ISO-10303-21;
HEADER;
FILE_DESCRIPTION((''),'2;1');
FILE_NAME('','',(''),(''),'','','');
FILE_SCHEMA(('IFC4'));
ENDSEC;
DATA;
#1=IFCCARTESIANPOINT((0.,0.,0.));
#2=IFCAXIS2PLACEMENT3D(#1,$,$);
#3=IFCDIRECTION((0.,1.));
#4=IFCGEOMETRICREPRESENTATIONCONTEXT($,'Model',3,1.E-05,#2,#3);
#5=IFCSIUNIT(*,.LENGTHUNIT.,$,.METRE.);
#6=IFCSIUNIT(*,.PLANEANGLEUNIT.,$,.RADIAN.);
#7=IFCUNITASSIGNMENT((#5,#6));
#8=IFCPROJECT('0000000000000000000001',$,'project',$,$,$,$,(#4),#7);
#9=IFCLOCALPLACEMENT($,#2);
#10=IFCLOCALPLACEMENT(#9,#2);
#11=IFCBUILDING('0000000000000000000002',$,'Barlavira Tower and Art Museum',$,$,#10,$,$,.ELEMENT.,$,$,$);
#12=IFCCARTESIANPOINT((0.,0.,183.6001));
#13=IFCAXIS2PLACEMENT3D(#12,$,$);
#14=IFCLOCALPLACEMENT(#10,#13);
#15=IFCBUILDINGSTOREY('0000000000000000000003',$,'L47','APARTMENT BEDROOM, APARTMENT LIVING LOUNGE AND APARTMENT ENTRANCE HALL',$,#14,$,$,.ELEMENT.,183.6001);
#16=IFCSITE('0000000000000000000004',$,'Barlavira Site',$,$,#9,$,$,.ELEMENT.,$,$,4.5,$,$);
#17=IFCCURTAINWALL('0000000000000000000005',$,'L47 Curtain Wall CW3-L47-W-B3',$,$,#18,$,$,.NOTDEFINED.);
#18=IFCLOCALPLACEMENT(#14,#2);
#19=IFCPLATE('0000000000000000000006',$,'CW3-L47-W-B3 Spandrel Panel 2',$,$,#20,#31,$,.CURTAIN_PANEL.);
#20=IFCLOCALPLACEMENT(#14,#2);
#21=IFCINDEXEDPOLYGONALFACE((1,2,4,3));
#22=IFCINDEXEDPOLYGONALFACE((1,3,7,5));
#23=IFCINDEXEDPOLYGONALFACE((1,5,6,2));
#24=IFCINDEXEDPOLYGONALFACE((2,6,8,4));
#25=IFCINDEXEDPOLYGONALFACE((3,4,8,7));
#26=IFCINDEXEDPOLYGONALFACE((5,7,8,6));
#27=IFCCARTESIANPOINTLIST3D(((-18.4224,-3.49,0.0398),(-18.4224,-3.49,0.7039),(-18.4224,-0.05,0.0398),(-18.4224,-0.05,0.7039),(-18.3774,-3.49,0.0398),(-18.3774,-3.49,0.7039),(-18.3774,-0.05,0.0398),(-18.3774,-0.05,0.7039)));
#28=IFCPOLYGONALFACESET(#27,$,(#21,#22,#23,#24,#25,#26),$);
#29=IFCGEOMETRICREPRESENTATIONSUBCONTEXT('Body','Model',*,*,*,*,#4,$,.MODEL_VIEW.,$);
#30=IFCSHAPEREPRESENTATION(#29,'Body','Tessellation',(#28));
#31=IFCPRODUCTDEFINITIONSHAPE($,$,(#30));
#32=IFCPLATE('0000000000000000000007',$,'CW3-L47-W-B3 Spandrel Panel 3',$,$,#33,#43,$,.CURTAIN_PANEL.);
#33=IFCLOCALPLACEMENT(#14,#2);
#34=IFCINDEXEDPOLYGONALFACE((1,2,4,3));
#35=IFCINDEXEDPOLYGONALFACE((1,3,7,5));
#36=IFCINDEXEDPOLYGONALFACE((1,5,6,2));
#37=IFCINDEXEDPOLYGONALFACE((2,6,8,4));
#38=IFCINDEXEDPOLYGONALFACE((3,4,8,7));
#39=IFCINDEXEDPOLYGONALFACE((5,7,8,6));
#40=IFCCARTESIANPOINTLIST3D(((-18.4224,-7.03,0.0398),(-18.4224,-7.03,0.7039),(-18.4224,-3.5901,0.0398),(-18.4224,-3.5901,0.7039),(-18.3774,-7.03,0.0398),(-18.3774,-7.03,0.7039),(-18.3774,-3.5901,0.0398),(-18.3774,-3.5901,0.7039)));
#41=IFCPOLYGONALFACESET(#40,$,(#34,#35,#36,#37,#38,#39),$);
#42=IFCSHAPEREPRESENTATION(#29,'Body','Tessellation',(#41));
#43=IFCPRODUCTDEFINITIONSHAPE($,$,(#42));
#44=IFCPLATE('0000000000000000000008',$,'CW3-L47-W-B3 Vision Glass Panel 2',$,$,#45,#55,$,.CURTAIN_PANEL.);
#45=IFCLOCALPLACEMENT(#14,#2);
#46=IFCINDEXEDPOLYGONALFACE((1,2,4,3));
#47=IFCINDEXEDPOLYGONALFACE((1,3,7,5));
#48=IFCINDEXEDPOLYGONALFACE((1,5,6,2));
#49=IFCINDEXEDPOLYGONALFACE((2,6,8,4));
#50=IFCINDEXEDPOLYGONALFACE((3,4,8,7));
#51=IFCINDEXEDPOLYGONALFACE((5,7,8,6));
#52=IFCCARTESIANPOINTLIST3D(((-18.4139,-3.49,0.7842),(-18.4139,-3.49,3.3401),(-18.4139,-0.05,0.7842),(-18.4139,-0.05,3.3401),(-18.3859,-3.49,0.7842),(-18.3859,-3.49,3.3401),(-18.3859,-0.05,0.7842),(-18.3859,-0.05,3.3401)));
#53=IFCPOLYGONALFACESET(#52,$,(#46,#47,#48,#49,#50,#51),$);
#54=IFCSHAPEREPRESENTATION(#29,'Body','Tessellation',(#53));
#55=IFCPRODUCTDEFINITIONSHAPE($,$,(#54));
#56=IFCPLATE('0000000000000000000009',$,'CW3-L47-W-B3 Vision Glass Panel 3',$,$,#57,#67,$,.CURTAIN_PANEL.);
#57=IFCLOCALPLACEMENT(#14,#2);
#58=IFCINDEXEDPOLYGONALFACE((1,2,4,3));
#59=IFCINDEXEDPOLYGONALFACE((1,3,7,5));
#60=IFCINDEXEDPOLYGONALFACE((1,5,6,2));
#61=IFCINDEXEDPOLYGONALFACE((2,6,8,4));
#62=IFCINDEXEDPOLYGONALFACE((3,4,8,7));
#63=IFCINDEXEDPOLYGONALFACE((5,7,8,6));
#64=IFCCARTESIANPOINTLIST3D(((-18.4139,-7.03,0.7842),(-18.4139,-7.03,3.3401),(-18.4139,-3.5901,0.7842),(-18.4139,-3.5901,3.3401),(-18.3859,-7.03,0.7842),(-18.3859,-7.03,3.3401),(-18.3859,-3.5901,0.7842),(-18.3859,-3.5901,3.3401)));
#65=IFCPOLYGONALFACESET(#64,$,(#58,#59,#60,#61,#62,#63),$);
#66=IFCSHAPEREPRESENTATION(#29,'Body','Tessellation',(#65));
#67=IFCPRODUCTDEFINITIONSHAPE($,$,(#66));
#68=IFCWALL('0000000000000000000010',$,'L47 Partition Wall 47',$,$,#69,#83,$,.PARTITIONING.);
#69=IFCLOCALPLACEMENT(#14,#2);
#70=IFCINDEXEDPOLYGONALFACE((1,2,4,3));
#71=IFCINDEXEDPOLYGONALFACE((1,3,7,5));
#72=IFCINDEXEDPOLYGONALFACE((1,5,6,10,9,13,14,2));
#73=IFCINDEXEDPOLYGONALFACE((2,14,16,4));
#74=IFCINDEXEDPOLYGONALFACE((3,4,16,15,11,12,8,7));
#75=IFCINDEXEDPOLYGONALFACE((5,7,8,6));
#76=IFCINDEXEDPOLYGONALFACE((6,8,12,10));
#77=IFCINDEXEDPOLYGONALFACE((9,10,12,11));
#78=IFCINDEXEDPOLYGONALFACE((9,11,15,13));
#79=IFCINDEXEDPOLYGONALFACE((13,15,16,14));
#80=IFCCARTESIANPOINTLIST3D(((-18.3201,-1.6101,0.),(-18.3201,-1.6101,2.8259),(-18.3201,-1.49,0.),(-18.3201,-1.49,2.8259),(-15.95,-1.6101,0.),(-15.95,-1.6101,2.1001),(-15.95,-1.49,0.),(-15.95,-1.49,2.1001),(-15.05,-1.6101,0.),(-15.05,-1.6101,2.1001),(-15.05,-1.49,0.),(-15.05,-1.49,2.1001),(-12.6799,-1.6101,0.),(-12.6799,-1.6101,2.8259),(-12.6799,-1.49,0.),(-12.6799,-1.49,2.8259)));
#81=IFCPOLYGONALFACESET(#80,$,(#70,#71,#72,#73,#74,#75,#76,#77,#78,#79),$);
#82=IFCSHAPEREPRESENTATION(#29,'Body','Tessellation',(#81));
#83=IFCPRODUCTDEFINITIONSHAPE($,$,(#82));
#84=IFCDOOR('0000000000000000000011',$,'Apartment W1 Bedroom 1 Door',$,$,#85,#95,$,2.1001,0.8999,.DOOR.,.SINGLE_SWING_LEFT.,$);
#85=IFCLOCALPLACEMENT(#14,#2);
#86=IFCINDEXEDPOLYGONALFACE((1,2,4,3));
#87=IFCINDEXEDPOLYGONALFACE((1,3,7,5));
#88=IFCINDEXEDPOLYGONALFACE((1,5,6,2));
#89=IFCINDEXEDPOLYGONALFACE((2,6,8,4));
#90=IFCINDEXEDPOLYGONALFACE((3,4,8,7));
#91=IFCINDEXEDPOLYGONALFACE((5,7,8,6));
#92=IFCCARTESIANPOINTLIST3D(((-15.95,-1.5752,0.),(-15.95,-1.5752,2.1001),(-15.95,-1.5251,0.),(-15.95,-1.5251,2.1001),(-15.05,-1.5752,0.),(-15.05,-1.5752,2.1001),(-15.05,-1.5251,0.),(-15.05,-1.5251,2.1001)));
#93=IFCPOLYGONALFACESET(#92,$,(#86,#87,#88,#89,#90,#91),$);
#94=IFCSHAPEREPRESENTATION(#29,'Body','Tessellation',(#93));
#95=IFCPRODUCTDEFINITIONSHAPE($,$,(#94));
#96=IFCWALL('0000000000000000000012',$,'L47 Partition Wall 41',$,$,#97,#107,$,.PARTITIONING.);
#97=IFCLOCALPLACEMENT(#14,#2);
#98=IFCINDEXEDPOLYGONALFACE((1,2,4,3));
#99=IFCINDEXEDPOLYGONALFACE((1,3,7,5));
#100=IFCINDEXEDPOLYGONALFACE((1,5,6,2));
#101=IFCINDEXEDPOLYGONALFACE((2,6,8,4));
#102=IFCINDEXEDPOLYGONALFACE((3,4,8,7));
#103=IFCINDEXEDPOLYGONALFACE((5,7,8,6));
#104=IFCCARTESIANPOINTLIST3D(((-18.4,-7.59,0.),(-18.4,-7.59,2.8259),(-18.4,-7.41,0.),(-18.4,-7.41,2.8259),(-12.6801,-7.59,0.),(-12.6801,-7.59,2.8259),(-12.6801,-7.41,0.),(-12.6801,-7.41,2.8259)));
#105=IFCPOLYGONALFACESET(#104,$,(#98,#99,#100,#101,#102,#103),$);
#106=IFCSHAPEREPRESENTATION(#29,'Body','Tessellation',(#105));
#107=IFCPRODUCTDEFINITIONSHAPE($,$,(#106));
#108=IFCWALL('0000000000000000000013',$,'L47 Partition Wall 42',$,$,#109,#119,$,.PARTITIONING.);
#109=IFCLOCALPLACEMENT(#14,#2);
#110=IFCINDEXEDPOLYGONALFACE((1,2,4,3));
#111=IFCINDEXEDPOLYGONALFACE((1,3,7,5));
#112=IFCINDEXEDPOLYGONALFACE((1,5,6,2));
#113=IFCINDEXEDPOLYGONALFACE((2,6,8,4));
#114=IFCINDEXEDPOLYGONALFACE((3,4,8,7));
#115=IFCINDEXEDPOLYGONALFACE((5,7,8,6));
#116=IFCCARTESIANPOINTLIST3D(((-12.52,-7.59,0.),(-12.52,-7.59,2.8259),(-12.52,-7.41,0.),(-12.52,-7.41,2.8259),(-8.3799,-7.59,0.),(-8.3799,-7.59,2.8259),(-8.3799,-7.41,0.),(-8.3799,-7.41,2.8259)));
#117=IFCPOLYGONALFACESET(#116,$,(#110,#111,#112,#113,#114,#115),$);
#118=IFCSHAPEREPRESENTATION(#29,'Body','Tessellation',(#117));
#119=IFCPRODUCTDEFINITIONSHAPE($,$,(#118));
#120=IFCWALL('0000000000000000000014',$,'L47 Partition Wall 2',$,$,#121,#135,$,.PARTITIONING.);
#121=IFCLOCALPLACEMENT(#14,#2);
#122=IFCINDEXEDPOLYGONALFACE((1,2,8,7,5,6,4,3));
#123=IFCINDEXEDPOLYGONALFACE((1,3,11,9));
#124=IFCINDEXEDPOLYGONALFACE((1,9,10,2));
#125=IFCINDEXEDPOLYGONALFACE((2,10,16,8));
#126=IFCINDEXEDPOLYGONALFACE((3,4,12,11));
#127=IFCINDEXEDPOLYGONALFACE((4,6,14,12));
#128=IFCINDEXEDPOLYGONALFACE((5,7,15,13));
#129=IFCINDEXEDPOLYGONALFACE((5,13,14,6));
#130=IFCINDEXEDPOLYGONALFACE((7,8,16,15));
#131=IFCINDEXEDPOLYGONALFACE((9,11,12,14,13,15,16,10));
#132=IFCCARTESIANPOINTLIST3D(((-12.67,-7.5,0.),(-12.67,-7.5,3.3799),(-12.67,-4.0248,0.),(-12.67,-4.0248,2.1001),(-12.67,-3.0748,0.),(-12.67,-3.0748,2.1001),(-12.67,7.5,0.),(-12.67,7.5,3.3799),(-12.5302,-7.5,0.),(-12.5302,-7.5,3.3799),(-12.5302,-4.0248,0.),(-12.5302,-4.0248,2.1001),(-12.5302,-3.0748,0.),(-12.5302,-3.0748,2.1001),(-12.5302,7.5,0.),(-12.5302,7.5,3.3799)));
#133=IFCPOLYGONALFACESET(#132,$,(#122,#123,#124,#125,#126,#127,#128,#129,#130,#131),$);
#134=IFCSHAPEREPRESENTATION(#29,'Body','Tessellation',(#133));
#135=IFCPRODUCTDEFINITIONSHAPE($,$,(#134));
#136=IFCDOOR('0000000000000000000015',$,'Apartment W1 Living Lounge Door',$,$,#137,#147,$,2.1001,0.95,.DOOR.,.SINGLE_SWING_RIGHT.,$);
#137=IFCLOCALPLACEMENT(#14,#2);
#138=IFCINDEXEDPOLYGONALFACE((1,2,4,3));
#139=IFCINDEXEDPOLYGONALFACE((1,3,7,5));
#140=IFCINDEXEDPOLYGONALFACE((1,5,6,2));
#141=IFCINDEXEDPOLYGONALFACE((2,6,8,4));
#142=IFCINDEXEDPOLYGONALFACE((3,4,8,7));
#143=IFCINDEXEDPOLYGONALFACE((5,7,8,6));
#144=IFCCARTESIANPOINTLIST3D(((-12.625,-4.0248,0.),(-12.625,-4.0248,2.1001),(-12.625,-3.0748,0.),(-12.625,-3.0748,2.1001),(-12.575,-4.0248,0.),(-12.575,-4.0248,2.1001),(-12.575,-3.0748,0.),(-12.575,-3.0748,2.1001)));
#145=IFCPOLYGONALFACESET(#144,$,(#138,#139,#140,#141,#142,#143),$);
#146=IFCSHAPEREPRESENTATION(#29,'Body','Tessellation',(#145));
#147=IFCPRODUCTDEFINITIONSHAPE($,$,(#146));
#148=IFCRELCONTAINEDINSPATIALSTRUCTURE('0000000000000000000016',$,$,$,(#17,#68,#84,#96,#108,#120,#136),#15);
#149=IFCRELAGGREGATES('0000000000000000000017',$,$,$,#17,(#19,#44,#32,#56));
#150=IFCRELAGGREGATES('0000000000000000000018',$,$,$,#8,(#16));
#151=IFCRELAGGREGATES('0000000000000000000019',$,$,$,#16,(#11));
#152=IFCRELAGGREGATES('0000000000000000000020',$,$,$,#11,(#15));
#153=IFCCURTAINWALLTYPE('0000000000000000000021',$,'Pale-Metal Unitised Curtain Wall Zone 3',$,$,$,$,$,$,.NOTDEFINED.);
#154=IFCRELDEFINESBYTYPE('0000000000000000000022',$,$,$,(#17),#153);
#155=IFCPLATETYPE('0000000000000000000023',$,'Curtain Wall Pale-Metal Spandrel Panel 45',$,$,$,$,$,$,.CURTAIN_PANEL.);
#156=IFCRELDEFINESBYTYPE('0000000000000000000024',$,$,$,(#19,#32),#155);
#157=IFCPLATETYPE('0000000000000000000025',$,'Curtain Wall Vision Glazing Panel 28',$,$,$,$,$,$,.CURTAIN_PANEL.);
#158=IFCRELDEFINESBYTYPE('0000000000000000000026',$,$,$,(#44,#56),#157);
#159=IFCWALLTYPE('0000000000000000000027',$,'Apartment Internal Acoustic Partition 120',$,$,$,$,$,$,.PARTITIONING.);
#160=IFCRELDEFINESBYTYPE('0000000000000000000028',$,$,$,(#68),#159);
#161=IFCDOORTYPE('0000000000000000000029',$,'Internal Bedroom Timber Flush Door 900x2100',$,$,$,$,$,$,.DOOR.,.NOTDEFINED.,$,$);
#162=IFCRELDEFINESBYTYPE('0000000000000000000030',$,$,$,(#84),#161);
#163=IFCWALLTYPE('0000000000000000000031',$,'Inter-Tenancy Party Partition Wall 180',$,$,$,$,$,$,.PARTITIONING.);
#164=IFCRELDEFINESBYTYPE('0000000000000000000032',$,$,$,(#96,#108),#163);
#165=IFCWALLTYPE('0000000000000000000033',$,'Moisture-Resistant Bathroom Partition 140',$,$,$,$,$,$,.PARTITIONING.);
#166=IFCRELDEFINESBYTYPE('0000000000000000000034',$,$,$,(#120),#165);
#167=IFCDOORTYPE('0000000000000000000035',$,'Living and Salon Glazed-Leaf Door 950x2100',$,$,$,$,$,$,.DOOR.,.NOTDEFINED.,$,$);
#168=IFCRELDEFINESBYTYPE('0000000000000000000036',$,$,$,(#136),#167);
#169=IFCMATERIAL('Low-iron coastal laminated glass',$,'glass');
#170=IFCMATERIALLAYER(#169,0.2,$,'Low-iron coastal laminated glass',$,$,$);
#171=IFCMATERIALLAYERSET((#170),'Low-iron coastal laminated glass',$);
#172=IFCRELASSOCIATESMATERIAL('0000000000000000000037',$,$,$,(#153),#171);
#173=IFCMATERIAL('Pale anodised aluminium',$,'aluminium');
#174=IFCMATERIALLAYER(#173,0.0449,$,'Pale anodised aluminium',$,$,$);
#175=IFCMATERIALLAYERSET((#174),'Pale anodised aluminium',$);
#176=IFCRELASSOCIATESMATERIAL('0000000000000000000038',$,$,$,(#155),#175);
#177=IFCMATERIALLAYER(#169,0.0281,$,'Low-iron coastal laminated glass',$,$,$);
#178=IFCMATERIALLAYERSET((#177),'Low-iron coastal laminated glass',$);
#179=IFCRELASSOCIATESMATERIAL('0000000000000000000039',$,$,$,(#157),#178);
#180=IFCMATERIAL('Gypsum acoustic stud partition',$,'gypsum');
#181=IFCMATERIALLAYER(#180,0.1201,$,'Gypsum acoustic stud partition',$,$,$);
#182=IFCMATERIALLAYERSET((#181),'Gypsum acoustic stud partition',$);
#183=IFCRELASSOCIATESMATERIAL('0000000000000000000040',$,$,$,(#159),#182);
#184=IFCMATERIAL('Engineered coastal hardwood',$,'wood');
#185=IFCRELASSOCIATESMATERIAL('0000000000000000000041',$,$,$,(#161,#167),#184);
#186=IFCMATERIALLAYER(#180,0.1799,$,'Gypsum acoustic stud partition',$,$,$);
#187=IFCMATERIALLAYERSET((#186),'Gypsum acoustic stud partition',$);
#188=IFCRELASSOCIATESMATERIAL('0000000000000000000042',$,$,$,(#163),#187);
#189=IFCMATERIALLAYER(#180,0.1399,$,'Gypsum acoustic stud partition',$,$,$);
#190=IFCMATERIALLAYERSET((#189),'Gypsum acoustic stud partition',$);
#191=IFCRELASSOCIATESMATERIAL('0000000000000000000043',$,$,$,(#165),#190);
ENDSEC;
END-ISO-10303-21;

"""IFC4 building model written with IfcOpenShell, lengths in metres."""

from ifc_helpers import new_model, si_unit, direction, frame, frame_2d, origin, origin_2d, place, context, subcontext, project, spatial, rectangle, extrude, material, layer, layer_set, type_object, element, fill, aggregate, save


model = new_model("IFC4")

# Units and contexts
model_context = context("Model", 3, precision=1e-05, world=origin(), true_north=direction((0.0, 1.0)))
body_context = subcontext(model_context, "Body", "Model", "MODEL_VIEW")
ifc_project = project(units=[si_unit("LENGTHUNIT", "METRE"), si_unit("PLANEANGLEUNIT", "RADIAN")], contexts=[model_context])

# Site, building, storey
site_placement = place(None, origin())
site = spatial("IfcSite", under=ifc_project, at=site_placement, Name="Barlavira Site", CompositionType="ELEMENT", RefElevation=4.5)
building_placement = place(site_placement, origin())
building = spatial("IfcBuilding", under=site, at=building_placement, Name="Barlavira Tower and Art Museum", CompositionType="ELEMENT")
storey_placement = place(building_placement, frame((0.0, 0.0, 183.6001)))
storey = spatial("IfcBuildingStorey", under=building, at=storey_placement, Name="L47", Description="APARTMENT BEDROOM, APARTMENT LIVING LOUNGE AND APARTMENT ENTRANCE HALL", CompositionType="ELEMENT", Elevation=183.6001)

# Curtain wall
ifc_material_1 = material(Name="Low-iron coastal laminated glass", Category="glass")
ifc_layer_1 = layer(ifc_material_1, 0.2, Name="Low-iron coastal laminated glass")
ifc_layer_set_1 = layer_set([ifc_layer_1], Name="Low-iron coastal laminated glass")
curtain_wall_type = type_object("IfcCurtainWallType", Name="Pale-Metal Unitised Curtain Wall Zone 3", PredefinedType="NOTDEFINED", material=ifc_layer_set_1)
curtain_wall_placement = place(storey_placement, origin())
curtain_wall = element("IfcCurtainWall", 1, at=curtain_wall_placement, inside=storey, type_object=curtain_wall_type, Name="L47 Curtain Wall CW3-L47-W-B3", PredefinedType="NOTDEFINED")
ifc_material_2 = material(Name="Pale anodised aluminium", Category="aluminium")

# Plates
ifc_layer_2 = layer(ifc_material_2, 0.0449, Name="Pale anodised aluminium")
ifc_layer_set_2 = layer_set([ifc_layer_2], Name="Pale anodised aluminium")
plate_type_1 = type_object("IfcPlateType", Name="Curtain Wall Pale-Metal Spandrel Panel 45", PredefinedType="CURTAIN_PANEL", material=ifc_layer_set_2)
plate_1_placement = place(storey_placement, frame((-18.3999, -1.77, 0.0398), z_axis=(0.0, 0.0, 1.0), x_axis=(0.0, -1.0, 0.0)))
plate_1 = element("IfcPlate", 2, at=plate_1_placement, type_object=plate_type_1, Name="CW3-L47-W-B3 Spandrel Panel 2", PredefinedType="CURTAIN_PANEL", context=body_context, shape_type="SweptSolid", body=[
    extrude(rectangle(XDim=3.4399, YDim=0.0449, at=origin_2d()), origin(), (0.0, 0.0, 1.0), 0.6641),
])
plate_2_placement = place(storey_placement, frame((-18.3999, -5.3101, 0.0398), z_axis=(0.0, 0.0, 1.0), x_axis=(0.0, -1.0, 0.0)))
plate_2 = element("IfcPlate", 3, at=plate_2_placement, type_object=plate_type_1, Name="CW3-L47-W-B3 Spandrel Panel 3", PredefinedType="CURTAIN_PANEL", context=body_context, shape_type="SweptSolid", body=[
    extrude(rectangle(XDim=3.4399, YDim=0.0449, at=origin_2d()), origin(), (0.0, 0.0, 1.0), 0.6641),
])
ifc_layer_3 = layer(ifc_material_1, 0.0281, Name="Low-iron coastal laminated glass")
ifc_layer_set_3 = layer_set([ifc_layer_3], Name="Low-iron coastal laminated glass")
plate_type_2 = type_object("IfcPlateType", Name="Curtain Wall Vision Glazing Panel 28", PredefinedType="CURTAIN_PANEL", material=ifc_layer_set_3)
plate_3_placement = place(storey_placement, frame((-18.3999, -1.77, 0.7842), z_axis=(0.0, 0.0, 1.0), x_axis=(0.0, -1.0, 0.0)))
plate_3 = element("IfcPlate", 4, at=plate_3_placement, type_object=plate_type_2, Name="CW3-L47-W-B3 Vision Glass Panel 2", PredefinedType="CURTAIN_PANEL", context=body_context, shape_type="SweptSolid", body=[
    extrude(rectangle(XDim=3.4399, YDim=0.0281, at=origin_2d()), origin(), (0.0, 0.0, 1.0), 2.5559),
])
plate_4_placement = place(storey_placement, frame((-18.3999, -5.3101, 0.7842), z_axis=(0.0, 0.0, 1.0), x_axis=(0.0, -1.0, 0.0)))
plate_4 = element("IfcPlate", 5, at=plate_4_placement, type_object=plate_type_2, Name="CW3-L47-W-B3 Vision Glass Panel 3", PredefinedType="CURTAIN_PANEL", context=body_context, shape_type="SweptSolid", body=[
    extrude(rectangle(XDim=3.4399, YDim=0.0281, at=origin_2d()), origin(), (0.0, 0.0, 1.0), 2.5559),
])
aggregate(curtain_wall, [plate_1, plate_3, plate_2, plate_4])

# Wall, opening, door
ifc_material_3 = material(Name="Gypsum acoustic stud partition", Category="gypsum")
ifc_layer_4 = layer(ifc_material_3, 0.1201, Name="Gypsum acoustic stud partition")
ifc_layer_set_4 = layer_set([ifc_layer_4], Name="Gypsum acoustic stud partition")
wall_type_1 = type_object("IfcWallType", Name="Apartment Internal Acoustic Partition 120", PredefinedType="PARTITIONING", material=ifc_layer_set_4)
wall_1_placement = place(storey_placement, frame((-18.3201, -1.55, 0.0), z_axis=(0.0, 0.0, 1.0), x_axis=(1.0, 0.0, 0.0)))
wall_1 = element("IfcWall", 6, at=wall_1_placement, inside=storey, type_object=wall_type_1, Name="L47 Partition Wall 47", PredefinedType="PARTITIONING", context=body_context, shape_type="SweptSolid", body=[
    extrude(rectangle(XDim=5.6401, YDim=0.1201, at=frame_2d((2.8201, 0.0))), origin(), (0.0, 0.0, 1.0), 2.8259),
])
opening_1_placement = place(wall_1_placement, frame((2.3701, 0.0, 0.0)))
opening_1 = element("IfcOpeningElement", 7, at=opening_1_placement, cuts=wall_1, PredefinedType="OPENING", context=body_context, shape_type="SweptSolid", body=[
    extrude(rectangle(XDim=0.8999, YDim=2.1001, at=frame_2d((0.45, 1.05))), frame((0.0, 0.0701, 0.0), z_axis=(0.0, -1.0, 0.0), x_axis=(1.0, 0.0, 0.0)), (0.0, 0.0, 1.0), 0.1401),
])
ifc_material_4 = material(Name="Engineered coastal hardwood", Category="wood")
door_type_1 = type_object("IfcDoorType", Name="Internal Bedroom Timber Flush Door 900x2100", OperationType="NOTDEFINED", PredefinedType="DOOR", material=ifc_material_4)
door_1_placement = place(opening_1_placement, origin())
door_1 = element("IfcDoor", 8, at=door_1_placement, inside=storey, type_object=door_type_1, Name="Apartment W1 Bedroom 1 Door", OperationType="SINGLE_SWING_LEFT", OverallHeight=2.1001, OverallWidth=0.8999, PredefinedType="DOOR", context=body_context, shape_type="SweptSolid", body=[
    extrude(rectangle(XDim=0.8999, YDim=2.1001, at=frame_2d((0.45, 1.05))), frame((0.0, 0.0249, 0.0), z_axis=(0.0, -1.0, 0.0), x_axis=(1.0, 0.0, 0.0)), (0.0, 0.0, 1.0), 0.05),
])
fill(opening_1, door_1)

# Walls
ifc_layer_5 = layer(ifc_material_3, 0.1799, Name="Gypsum acoustic stud partition")
ifc_layer_set_5 = layer_set([ifc_layer_5], Name="Gypsum acoustic stud partition")
wall_type_2 = type_object("IfcWallType", Name="Inter-Tenancy Party Partition Wall 180", PredefinedType="PARTITIONING", material=ifc_layer_set_5)
wall_2_placement = place(storey_placement, frame((-18.3999, -7.5, 0.0), z_axis=(0.0, 0.0, 1.0), x_axis=(1.0, 0.0, 0.0)))
element("IfcWall", 9, at=wall_2_placement, inside=storey, type_object=wall_type_2, Name="L47 Partition Wall 41", PredefinedType="PARTITIONING", context=body_context, shape_type="SweptSolid", body=[
    extrude(rectangle(XDim=5.72, YDim=0.1799, at=frame_2d((2.8599, 0.0))), origin(), (0.0, 0.0, 1.0), 2.8259),
])
wall_3_placement = place(storey_placement, frame((-12.52, -7.5, 0.0), z_axis=(0.0, 0.0, 1.0), x_axis=(1.0, 0.0, 0.0)))
element("IfcWall", 10, at=wall_3_placement, inside=storey, type_object=wall_type_2, Name="L47 Partition Wall 42", PredefinedType="PARTITIONING", context=body_context, shape_type="SweptSolid", body=[
    extrude(rectangle(XDim=4.1401, YDim=0.1799, at=frame_2d((2.0701, 0.0))), origin(), (0.0, 0.0, 1.0), 2.8259),
])

# Wall, opening, door
ifc_layer_6 = layer(ifc_material_3, 0.1399, Name="Gypsum acoustic stud partition")
ifc_layer_set_6 = layer_set([ifc_layer_6], Name="Gypsum acoustic stud partition")
wall_type_3 = type_object("IfcWallType", Name="Moisture-Resistant Bathroom Partition 140", PredefinedType="PARTITIONING", material=ifc_layer_set_6)
wall_4_placement = place(storey_placement, frame((-12.6001, -7.5, 0.0), z_axis=(0.0, 0.0, 1.0), x_axis=(0.0, 1.0, 0.0)))
wall_4 = element("IfcWall", 11, at=wall_4_placement, inside=storey, type_object=wall_type_3, Name="L47 Partition Wall 2", PredefinedType="PARTITIONING", context=body_context, shape_type="SweptSolid", body=[
    extrude(rectangle(XDim=15.0, YDim=0.1399, at=frame_2d((7.5, 0.0))), origin(), (0.0, 0.0, 1.0), 3.3799),
])
opening_2_placement = place(wall_4_placement, frame((3.4751, 0.0, 0.0)))
opening_2 = element("IfcOpeningElement", 12, at=opening_2_placement, cuts=wall_4, PredefinedType="OPENING", context=body_context, shape_type="SweptSolid", body=[
    extrude(rectangle(XDim=0.95, YDim=2.1001, at=frame_2d((0.4751, 1.05))), frame((0.0, 0.0801, 0.0), z_axis=(0.0, -1.0, 0.0), x_axis=(1.0, 0.0, 0.0)), (0.0, 0.0, 1.0), 0.1599),
])
door_type_2 = type_object("IfcDoorType", Name="Living and Salon Glazed-Leaf Door 950x2100", OperationType="NOTDEFINED", PredefinedType="DOOR", material=ifc_material_4)
door_2_placement = place(opening_2_placement, origin())
door_2 = element("IfcDoor", 13, at=door_2_placement, inside=storey, type_object=door_type_2, Name="Apartment W1 Living Lounge Door", OperationType="SINGLE_SWING_RIGHT", OverallHeight=2.1001, OverallWidth=0.95, PredefinedType="DOOR", context=body_context, shape_type="SweptSolid", body=[
    extrude(rectangle(XDim=0.95, YDim=2.1001, at=frame_2d((0.4751, 1.05))), frame((0.0, 0.0249, 0.0), z_axis=(0.0, -1.0, 0.0), x_axis=(1.0, 0.0, 0.0)), (0.0, 0.0, 1.0), 0.05),
])
fill(opening_2, door_2)

save(model, "model.ifc")
